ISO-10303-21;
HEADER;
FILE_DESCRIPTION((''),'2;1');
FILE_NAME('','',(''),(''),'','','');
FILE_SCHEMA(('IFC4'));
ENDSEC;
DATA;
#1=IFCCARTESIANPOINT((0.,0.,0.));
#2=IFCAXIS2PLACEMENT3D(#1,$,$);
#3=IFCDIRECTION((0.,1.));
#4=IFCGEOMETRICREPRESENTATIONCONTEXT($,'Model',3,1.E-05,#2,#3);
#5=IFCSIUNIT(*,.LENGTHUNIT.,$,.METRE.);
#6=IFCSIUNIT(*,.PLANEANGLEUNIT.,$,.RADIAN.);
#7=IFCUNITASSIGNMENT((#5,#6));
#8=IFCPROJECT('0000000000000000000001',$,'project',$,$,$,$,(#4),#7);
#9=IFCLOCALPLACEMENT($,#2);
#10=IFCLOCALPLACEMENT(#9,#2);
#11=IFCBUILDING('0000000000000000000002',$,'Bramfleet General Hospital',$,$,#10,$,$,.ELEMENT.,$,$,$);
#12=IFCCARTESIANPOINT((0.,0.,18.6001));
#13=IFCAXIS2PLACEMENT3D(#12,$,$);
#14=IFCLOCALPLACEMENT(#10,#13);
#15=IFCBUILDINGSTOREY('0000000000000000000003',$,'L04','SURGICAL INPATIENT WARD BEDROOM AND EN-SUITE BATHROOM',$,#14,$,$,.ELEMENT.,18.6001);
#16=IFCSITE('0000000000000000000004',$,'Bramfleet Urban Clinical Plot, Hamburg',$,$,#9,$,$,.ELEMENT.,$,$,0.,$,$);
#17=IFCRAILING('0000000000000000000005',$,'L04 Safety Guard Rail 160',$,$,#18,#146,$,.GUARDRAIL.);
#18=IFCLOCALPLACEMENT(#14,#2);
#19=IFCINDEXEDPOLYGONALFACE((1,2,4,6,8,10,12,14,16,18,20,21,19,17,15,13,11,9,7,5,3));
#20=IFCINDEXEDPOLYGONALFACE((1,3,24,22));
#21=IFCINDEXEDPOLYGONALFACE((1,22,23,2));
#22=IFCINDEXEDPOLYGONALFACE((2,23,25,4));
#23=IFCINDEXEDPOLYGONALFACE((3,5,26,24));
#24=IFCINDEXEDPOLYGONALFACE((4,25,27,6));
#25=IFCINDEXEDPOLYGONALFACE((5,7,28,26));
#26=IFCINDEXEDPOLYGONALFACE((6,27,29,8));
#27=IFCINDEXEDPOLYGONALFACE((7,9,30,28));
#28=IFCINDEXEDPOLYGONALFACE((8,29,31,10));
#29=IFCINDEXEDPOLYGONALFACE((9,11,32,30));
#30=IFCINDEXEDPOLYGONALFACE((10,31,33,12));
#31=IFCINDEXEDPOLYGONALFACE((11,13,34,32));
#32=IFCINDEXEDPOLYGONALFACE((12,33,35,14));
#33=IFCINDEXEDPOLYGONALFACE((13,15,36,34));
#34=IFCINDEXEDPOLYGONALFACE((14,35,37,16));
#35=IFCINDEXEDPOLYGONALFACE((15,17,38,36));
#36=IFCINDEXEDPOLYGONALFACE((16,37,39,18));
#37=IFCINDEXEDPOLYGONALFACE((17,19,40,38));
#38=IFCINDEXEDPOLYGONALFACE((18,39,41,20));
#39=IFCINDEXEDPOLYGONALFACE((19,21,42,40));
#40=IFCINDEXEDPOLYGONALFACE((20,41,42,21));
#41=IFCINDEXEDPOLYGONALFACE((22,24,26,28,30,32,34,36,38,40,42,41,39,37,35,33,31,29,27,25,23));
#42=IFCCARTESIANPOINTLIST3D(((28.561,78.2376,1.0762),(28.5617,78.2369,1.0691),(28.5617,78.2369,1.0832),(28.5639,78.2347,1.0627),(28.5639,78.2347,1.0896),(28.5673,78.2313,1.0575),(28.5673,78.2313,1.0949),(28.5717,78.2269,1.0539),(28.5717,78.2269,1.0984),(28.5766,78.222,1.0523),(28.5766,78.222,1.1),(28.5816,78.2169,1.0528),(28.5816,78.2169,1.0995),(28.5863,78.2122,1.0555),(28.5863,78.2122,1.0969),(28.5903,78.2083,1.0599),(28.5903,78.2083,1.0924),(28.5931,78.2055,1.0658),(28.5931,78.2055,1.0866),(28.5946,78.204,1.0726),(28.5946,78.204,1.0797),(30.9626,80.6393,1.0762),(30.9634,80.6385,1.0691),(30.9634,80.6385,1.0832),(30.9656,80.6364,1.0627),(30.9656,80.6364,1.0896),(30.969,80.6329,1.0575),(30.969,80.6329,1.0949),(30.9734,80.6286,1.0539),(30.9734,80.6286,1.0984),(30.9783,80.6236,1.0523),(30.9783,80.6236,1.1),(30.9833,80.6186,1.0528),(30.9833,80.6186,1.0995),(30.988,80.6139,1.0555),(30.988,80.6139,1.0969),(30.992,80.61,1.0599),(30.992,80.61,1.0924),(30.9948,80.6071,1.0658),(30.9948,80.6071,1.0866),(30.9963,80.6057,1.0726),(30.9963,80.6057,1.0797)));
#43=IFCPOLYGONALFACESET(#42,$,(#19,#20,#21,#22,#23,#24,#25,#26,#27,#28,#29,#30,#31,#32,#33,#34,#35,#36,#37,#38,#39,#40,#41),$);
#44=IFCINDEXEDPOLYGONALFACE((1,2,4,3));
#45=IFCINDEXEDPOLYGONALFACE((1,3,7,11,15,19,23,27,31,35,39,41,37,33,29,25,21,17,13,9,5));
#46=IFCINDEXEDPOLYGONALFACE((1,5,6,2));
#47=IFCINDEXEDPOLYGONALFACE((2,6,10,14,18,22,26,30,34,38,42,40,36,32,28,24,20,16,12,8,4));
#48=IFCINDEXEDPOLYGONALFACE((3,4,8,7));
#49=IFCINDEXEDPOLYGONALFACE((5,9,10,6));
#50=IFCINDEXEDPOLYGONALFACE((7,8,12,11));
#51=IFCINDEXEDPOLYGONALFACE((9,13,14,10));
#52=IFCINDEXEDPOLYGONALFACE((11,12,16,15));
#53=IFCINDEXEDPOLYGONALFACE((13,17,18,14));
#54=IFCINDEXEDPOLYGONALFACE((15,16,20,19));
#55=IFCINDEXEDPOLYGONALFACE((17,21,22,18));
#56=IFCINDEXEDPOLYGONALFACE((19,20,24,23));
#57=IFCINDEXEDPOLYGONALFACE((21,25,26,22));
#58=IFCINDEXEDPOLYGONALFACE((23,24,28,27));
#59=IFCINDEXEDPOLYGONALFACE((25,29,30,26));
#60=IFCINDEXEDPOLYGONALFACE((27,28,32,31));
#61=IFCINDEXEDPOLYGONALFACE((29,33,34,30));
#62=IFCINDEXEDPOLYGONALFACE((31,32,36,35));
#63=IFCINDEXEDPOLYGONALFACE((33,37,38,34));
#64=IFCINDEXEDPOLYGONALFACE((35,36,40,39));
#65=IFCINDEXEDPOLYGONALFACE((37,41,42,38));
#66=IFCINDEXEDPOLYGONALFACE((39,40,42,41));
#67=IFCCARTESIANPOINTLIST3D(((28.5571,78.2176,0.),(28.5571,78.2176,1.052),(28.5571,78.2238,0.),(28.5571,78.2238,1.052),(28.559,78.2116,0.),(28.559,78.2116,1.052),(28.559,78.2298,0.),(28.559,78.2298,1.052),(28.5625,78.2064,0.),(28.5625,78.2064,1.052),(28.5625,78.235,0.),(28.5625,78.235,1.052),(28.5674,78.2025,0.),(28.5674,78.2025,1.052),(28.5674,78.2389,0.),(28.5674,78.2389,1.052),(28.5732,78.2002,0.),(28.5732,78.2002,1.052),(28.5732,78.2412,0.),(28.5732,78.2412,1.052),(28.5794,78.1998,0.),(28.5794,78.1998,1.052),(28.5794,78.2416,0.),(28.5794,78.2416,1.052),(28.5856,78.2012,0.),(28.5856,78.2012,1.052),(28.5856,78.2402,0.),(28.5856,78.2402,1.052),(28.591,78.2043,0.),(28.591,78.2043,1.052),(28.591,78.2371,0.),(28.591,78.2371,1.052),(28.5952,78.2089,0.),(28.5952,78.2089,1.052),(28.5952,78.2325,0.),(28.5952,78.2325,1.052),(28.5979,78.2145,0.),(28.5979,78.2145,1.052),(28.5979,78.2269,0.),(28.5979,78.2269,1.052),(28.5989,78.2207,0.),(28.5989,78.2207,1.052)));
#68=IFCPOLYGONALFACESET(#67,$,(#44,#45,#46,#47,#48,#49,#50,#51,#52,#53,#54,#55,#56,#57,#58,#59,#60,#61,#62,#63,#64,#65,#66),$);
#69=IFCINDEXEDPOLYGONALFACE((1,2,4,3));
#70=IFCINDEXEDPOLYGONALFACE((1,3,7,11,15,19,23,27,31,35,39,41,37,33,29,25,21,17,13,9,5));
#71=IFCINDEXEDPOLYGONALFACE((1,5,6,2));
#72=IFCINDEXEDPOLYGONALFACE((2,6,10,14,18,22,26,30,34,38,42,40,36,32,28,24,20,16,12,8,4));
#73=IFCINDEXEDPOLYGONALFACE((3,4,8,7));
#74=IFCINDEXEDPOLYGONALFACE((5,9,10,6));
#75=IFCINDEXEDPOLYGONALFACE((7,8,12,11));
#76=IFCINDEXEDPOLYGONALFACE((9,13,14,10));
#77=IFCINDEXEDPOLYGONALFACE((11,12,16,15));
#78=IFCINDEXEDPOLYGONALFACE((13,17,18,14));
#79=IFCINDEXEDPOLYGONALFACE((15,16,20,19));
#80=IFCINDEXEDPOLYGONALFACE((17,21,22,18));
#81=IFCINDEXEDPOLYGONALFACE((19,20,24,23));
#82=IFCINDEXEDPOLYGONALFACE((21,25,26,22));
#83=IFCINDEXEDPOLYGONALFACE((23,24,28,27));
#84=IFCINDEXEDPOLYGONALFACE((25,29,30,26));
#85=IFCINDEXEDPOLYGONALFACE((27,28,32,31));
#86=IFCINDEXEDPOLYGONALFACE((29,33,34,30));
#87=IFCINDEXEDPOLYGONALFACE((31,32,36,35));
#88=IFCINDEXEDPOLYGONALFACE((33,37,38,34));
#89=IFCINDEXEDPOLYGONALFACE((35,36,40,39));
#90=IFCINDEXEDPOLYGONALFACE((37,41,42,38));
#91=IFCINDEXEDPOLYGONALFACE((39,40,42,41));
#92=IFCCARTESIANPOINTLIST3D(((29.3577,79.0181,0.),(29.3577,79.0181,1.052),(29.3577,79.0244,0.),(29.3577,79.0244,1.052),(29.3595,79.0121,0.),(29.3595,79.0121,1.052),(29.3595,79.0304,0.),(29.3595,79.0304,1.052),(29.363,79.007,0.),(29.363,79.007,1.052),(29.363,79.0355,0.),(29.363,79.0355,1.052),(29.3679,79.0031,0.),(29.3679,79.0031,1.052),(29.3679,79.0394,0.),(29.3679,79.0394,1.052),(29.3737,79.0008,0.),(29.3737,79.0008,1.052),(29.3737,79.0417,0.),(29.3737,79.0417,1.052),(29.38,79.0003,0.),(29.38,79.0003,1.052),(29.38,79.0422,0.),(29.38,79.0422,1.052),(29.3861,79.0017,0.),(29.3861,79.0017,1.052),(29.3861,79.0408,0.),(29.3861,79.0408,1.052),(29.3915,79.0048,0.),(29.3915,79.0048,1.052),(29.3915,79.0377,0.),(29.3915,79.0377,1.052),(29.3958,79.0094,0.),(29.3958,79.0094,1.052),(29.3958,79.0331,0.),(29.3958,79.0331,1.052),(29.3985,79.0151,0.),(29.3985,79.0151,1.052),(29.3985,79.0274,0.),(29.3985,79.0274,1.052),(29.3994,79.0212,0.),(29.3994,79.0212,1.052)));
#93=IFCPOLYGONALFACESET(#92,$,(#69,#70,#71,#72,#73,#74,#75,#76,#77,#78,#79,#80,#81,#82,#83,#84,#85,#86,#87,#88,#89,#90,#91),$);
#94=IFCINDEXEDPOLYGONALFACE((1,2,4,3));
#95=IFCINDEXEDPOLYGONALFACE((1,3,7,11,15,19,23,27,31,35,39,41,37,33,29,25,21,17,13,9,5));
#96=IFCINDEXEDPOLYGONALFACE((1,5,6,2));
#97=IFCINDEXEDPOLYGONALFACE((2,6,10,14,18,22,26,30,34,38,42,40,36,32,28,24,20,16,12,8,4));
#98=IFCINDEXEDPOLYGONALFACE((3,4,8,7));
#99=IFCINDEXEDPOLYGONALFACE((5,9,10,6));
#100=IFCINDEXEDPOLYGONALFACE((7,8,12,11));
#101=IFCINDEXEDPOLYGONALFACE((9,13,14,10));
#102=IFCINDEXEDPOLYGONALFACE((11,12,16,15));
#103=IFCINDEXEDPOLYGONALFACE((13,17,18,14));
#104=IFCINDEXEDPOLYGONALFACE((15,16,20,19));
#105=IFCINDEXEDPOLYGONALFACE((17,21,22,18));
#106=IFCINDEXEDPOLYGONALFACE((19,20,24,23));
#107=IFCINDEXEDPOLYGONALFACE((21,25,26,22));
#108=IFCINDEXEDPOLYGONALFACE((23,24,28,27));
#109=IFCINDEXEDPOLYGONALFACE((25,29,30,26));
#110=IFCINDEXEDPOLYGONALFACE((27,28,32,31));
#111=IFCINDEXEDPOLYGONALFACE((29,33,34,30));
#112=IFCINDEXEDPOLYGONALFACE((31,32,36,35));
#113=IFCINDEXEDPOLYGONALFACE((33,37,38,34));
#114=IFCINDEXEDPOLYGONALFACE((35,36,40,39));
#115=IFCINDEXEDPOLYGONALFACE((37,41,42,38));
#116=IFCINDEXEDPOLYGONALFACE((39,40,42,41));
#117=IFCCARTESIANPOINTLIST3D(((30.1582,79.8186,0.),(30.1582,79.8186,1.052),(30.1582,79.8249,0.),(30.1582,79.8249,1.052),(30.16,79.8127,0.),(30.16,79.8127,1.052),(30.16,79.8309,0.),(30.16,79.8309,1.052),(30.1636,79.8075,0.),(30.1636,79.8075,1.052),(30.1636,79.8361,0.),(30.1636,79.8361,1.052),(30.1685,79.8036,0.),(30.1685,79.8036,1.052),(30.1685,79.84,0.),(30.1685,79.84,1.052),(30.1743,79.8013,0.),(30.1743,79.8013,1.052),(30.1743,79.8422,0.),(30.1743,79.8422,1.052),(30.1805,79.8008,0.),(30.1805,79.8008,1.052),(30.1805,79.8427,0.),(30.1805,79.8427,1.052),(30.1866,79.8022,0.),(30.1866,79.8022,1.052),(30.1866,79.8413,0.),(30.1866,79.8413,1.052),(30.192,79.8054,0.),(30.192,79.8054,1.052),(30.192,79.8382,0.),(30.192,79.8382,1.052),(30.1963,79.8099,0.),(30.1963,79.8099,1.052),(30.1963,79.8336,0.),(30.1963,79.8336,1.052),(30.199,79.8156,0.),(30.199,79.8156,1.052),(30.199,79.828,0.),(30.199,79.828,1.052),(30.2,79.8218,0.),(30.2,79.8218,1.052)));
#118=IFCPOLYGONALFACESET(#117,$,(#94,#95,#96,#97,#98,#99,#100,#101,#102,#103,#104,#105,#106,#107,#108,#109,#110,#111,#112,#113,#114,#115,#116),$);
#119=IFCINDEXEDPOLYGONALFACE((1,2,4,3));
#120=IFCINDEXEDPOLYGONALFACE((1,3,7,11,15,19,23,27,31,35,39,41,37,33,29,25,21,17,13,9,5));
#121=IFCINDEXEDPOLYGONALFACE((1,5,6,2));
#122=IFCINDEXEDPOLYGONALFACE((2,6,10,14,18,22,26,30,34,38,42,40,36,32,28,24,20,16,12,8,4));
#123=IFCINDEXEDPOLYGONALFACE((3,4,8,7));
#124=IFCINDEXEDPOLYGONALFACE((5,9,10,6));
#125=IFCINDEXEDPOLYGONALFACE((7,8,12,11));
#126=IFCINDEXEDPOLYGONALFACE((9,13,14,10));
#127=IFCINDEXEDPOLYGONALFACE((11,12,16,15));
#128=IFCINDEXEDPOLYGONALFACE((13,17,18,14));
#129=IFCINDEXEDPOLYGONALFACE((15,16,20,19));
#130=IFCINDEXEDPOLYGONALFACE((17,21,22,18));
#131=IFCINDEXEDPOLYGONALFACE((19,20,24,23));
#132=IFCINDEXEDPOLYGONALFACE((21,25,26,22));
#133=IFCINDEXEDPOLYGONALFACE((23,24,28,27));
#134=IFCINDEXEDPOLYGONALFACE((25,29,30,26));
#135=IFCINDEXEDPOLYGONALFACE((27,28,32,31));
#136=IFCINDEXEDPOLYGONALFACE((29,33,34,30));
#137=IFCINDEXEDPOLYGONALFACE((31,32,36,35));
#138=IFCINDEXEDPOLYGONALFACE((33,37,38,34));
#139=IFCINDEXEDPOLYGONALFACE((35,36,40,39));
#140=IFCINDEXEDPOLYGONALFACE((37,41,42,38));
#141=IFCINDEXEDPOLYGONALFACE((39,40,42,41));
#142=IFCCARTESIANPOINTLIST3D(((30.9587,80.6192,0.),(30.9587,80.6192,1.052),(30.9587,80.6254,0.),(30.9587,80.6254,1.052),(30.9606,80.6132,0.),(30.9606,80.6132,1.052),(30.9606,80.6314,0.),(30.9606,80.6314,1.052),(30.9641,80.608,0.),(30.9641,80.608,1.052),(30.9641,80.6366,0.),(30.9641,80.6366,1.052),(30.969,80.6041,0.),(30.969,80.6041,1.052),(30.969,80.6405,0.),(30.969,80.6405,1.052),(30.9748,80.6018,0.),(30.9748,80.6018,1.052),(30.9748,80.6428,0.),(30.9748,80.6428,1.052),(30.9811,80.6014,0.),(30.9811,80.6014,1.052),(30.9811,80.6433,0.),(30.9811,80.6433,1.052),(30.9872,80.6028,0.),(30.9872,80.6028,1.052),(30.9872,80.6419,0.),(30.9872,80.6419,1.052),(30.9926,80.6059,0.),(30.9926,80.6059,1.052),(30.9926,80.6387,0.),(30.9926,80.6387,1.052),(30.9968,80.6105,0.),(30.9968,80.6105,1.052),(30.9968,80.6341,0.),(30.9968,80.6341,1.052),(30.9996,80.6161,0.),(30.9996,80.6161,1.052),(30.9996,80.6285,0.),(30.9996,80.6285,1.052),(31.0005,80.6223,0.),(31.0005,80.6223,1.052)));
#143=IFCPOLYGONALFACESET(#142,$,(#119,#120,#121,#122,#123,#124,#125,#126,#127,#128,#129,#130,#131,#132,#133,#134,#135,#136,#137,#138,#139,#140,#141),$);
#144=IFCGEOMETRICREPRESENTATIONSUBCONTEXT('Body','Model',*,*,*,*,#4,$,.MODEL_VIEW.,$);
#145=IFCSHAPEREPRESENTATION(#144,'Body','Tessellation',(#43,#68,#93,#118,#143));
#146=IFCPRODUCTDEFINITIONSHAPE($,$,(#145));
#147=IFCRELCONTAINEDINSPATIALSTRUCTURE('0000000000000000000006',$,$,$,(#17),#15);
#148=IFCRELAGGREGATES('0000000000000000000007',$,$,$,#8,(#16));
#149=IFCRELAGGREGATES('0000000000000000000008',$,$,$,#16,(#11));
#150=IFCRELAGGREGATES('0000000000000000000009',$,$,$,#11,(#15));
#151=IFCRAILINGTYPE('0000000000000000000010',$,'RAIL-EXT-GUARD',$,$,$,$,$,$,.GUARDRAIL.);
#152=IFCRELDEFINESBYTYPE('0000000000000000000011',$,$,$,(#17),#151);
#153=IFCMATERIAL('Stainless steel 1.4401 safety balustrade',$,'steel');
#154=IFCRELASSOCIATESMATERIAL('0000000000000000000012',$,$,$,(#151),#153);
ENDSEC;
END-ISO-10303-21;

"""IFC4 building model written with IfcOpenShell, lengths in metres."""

from ifc_helpers import new_model, si_unit, direction, frame, origin, origin_2d, place, context, subcontext, project, spatial, circle, extrude, material, type_object, element, save


model = new_model("IFC4")

# Units and contexts
model_context = context("Model", 3, precision=1e-05, world=origin(), true_north=direction((0.0, 1.0)))
body_context = subcontext(model_context, "Body", "Model", "MODEL_VIEW")
ifc_project = project(units=[si_unit("LENGTHUNIT", "METRE"), si_unit("PLANEANGLEUNIT", "RADIAN")], contexts=[model_context])

# Site, building, storey
site_placement = place(None, origin())
site = spatial("IfcSite", under=ifc_project, at=site_placement, Name="Bramfleet Urban Clinical Plot, Hamburg", CompositionType="ELEMENT", RefElevation=0.0)
building_placement = place(site_placement, origin())
building = spatial("IfcBuilding", under=site, at=building_placement, Name="Bramfleet General Hospital", CompositionType="ELEMENT")
storey_placement = place(building_placement, frame((0.0, 0.0, 18.6001)))
storey = spatial("IfcBuildingStorey", under=building, at=storey_placement, Name="L04", Description="SURGICAL INPATIENT WARD BEDROOM AND EN-SUITE BATHROOM", CompositionType="ELEMENT", Elevation=18.6001)

# Railing
ifc_material_1 = material(Name="Stainless steel 1.4401 safety balustrade", Category="steel")
railing_type = type_object("IfcRailingType", Name="RAIL-EXT-GUARD", PredefinedType="GUARDRAIL", material=ifc_material_1)
railing_1_placement = place(storey_placement, frame((28.5779, 78.2207, 0.0)))
element("IfcRailing", 1, at=railing_1_placement, inside=storey, type_object=railing_type, Name="L04 Safety Guard Rail 160", PredefinedType="GUARDRAIL", context=body_context, shape_type="SweptSolid", body=[
    extrude(circle(Radius=0.0239, at=origin_2d()), frame((0.0, 0.0, 1.0762), z_axis=(0.707107, 0.707107, 0.0), x_axis=(-0.707107, 0.707107, 0.0)), (0.0, 0.0, 1.0), 3.3965),
    extrude(circle(Radius=0.021, at=origin_2d()), origin(), (0.0, 0.0, 1.0), 1.052),
    extrude(circle(Radius=0.021, at=origin_2d()), frame((0.8005, 0.8005, 0.0)), (0.0, 0.0, 1.0), 1.052),
    extrude(circle(Radius=0.021, at=origin_2d()), frame((1.6011, 1.6011, 0.0)), (0.0, 0.0, 1.0), 1.052),
    extrude(circle(Radius=0.021, at=origin_2d()), frame((2.4016, 2.4016, 0.0)), (0.0, 0.0, 1.0), 1.052),
])

save(model, "model.ifc")
